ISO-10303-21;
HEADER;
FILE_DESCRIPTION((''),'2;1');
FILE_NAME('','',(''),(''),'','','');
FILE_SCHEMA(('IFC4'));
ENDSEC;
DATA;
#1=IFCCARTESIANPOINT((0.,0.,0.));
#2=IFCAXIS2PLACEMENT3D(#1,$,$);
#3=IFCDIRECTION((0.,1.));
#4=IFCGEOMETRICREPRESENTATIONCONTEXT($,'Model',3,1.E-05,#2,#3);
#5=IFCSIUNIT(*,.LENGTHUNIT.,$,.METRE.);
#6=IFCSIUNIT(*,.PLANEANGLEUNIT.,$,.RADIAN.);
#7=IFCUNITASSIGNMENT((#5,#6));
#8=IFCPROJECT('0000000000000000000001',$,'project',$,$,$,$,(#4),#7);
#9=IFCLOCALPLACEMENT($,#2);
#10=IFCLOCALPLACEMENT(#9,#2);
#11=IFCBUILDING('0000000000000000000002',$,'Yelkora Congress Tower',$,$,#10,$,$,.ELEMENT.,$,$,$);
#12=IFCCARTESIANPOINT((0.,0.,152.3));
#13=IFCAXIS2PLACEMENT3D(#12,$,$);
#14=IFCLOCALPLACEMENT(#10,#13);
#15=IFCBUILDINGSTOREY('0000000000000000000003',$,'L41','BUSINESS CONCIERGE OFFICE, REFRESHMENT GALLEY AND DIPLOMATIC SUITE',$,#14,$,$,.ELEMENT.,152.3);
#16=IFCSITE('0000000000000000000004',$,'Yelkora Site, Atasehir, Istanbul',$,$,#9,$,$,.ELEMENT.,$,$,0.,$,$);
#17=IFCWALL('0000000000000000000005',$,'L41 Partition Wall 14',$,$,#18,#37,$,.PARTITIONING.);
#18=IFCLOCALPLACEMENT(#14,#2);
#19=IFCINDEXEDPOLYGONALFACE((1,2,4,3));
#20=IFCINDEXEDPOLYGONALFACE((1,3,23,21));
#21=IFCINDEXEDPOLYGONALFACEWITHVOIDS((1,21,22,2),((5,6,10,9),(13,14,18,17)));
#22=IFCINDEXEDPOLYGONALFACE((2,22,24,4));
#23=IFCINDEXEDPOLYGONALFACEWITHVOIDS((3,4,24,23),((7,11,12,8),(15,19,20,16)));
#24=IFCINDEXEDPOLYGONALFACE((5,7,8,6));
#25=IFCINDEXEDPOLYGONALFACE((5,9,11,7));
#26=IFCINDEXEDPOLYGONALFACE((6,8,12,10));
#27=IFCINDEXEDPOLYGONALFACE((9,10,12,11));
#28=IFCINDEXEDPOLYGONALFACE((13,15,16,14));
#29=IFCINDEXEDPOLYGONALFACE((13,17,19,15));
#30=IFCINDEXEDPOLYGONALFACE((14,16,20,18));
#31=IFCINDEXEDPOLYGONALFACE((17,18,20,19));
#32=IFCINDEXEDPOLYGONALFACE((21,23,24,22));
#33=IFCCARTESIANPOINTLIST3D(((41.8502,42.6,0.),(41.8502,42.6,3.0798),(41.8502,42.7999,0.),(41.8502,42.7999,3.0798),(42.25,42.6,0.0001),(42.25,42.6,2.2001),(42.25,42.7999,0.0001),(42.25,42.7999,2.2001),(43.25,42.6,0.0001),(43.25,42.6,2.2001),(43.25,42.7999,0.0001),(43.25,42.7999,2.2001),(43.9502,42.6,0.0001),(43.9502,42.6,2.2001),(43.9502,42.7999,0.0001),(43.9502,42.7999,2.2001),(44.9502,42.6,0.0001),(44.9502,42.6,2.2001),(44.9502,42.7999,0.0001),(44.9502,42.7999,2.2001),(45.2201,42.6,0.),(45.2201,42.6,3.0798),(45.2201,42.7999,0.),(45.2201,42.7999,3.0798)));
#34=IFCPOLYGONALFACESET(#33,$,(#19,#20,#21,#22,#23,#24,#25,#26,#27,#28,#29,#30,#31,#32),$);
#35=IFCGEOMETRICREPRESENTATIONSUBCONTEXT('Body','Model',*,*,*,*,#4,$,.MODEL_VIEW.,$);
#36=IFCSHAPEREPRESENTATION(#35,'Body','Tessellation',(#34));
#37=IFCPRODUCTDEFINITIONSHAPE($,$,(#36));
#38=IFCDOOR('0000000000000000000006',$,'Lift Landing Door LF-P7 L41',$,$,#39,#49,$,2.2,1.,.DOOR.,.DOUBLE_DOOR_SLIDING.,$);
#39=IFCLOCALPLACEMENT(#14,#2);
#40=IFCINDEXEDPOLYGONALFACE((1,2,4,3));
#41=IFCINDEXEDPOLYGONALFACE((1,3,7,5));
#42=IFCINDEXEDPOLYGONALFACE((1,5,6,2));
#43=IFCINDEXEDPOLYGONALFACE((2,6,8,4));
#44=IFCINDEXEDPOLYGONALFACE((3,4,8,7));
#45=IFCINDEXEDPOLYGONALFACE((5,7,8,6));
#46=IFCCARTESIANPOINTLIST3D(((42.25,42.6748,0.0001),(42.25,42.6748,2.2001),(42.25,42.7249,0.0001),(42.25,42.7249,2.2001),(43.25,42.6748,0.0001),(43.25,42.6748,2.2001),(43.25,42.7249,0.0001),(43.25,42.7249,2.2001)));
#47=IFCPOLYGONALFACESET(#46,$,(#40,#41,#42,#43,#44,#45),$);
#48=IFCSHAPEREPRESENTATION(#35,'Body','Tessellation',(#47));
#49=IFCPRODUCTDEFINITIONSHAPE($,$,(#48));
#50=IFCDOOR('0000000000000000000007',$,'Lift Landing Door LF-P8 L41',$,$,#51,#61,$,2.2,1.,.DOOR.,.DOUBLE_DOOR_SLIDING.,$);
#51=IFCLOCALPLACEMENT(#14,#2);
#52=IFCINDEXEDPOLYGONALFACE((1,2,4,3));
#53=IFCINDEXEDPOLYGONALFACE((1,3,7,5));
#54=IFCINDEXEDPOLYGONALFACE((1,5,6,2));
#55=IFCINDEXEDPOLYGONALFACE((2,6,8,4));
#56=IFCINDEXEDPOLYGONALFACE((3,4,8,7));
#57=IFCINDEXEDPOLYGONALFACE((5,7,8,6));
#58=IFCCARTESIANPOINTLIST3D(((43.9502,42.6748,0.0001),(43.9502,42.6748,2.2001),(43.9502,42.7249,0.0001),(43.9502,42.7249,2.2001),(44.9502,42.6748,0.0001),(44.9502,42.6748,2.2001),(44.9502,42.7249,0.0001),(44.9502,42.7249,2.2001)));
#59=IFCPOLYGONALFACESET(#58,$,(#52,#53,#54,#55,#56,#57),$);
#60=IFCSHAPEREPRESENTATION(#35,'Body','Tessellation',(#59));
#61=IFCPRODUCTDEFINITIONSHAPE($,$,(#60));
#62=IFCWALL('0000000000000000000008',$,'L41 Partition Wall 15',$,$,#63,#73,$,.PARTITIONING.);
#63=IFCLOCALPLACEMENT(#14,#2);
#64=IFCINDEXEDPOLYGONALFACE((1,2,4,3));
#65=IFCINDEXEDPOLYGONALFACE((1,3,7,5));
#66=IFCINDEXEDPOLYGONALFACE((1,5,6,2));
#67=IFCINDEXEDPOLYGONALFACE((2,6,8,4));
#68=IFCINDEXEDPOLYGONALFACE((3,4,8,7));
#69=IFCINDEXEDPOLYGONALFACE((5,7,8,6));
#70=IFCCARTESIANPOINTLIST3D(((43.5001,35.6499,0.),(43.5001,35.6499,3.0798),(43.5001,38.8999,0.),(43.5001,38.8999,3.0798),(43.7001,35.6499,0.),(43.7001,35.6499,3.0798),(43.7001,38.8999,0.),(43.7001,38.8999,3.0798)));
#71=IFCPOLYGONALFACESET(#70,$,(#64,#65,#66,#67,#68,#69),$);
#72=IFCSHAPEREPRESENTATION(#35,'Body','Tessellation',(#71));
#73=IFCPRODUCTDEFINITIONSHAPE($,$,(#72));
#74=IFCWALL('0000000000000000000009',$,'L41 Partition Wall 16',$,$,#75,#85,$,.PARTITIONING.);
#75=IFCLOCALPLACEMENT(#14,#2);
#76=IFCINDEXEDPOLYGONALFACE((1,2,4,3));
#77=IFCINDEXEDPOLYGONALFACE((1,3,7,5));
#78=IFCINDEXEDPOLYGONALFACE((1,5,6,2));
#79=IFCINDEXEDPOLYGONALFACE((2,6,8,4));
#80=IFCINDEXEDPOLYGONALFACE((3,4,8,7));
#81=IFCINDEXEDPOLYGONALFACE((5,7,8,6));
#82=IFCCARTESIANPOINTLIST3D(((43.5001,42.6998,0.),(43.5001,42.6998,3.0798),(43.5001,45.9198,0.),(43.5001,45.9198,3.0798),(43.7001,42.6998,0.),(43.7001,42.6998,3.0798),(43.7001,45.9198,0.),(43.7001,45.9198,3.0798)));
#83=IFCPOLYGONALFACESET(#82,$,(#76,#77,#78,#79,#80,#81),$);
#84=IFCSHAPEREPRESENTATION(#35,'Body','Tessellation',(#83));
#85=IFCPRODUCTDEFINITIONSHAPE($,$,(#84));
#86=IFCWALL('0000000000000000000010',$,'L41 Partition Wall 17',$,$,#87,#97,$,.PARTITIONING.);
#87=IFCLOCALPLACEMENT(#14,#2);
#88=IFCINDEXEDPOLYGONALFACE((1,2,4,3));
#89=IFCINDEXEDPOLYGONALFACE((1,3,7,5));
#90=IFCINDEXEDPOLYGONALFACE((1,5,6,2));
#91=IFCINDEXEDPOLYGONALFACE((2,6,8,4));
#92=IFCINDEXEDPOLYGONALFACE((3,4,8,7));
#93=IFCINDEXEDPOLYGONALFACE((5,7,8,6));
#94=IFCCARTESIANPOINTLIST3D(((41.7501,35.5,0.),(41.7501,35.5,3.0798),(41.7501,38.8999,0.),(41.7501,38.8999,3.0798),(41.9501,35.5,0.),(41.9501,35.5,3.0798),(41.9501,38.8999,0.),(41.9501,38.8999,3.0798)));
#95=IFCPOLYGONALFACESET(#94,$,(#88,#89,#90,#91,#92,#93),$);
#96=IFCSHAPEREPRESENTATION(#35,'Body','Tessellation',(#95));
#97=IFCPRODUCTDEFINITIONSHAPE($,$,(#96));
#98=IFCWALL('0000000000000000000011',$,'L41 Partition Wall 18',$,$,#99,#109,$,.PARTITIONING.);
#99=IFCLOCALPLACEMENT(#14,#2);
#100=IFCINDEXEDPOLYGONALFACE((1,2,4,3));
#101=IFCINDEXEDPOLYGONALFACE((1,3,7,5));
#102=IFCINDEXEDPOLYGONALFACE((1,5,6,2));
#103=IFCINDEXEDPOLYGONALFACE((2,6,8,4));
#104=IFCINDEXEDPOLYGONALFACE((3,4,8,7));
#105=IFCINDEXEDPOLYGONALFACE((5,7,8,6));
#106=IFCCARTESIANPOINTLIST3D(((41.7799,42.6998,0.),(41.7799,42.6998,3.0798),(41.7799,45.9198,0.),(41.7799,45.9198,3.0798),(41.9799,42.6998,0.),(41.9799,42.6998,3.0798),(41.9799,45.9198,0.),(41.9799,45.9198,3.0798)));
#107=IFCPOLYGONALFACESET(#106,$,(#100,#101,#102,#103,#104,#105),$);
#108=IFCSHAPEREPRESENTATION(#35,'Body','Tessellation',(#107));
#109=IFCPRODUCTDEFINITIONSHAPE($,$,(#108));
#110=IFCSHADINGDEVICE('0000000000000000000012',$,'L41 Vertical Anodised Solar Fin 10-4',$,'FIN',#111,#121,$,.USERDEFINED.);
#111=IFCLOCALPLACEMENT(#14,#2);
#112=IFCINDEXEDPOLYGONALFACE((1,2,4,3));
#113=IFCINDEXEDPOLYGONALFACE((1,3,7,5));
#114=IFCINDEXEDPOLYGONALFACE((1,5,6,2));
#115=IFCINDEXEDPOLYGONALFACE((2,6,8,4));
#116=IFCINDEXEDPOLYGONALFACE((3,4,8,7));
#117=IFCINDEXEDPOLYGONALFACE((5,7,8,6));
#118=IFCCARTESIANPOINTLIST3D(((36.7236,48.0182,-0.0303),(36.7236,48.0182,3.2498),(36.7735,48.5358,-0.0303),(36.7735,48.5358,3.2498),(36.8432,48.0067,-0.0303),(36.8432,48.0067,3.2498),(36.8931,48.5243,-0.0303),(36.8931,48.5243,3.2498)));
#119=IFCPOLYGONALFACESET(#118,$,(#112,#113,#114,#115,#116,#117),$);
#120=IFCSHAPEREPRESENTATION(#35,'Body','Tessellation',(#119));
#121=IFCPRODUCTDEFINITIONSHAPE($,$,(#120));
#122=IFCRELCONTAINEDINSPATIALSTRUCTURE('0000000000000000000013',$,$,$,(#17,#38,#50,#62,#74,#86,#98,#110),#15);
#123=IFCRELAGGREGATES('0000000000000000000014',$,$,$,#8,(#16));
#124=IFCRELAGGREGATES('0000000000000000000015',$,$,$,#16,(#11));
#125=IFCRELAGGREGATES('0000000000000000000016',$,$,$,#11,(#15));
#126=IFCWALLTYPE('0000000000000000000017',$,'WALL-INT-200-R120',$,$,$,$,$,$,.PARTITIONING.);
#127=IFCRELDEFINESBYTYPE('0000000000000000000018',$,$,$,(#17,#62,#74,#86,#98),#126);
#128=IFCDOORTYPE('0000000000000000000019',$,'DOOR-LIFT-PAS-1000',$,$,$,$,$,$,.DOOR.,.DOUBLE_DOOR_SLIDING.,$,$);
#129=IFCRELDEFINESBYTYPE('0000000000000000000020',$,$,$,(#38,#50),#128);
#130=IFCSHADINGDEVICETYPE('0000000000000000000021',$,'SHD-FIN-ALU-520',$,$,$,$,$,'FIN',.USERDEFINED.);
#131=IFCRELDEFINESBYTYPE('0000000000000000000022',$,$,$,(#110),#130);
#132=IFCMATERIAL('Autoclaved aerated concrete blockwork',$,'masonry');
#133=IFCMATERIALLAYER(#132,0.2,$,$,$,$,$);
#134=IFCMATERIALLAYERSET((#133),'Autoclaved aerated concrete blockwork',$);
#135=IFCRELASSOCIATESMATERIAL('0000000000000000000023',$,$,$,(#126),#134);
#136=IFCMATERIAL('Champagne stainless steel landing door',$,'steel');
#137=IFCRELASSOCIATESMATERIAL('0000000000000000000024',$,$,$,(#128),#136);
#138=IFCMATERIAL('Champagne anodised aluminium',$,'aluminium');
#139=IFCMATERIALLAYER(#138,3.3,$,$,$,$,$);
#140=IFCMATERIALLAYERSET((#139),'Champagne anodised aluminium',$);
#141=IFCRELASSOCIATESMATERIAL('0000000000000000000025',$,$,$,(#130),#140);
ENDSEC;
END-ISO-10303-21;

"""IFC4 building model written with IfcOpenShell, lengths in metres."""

from ifc_helpers import new_model, si_unit, direction, frame, frame_2d, origin, origin_2d, place, context, subcontext, project, spatial, rectangle, extrude, material, layer, layer_set, type_object, element, fill, save


model = new_model("IFC4")

# Units and contexts
model_context = context("Model", 3, precision=1e-05, world=origin(), true_north=direction((0.0, 1.0)))
body_context = subcontext(model_context, "Body", "Model", "MODEL_VIEW")
ifc_project = project(units=[si_unit("LENGTHUNIT", "METRE"), si_unit("PLANEANGLEUNIT", "RADIAN")], contexts=[model_context])

# Site, building, storey
site_placement = place(None, origin())
site = spatial("IfcSite", under=ifc_project, at=site_placement, Name="Yelkora Site, Atasehir, Istanbul", CompositionType="ELEMENT", RefElevation=0.0)
building_placement = place(site_placement, origin())
building = spatial("IfcBuilding", under=site, at=building_placement, Name="Yelkora Congress Tower", CompositionType="ELEMENT")
storey_placement = place(building_placement, frame((0.0, 0.0, 152.3)))
storey = spatial("IfcBuildingStorey", under=building, at=storey_placement, Name="L41", Description="BUSINESS CONCIERGE OFFICE, REFRESHMENT GALLEY AND DIPLOMATIC SUITE", CompositionType="ELEMENT", Elevation=152.3)

# Shared definitions
ifc_material_1 = material(Name="Autoclaved aerated concrete blockwork", Category="masonry")
ifc_layer_1 = layer(ifc_material_1, 0.2)
ifc_layer_set_1 = layer_set([ifc_layer_1], Name="Autoclaved aerated concrete blockwork")
wall_type_1 = type_object("IfcWallType", Name="WALL-INT-200-R120", PredefinedType="PARTITIONING", material=ifc_layer_set_1)

# Wall, openings, doors
ifc_material_2 = material(Name="Champagne stainless steel landing door", Category="steel")
door_type_1 = type_object("IfcDoorType", Name="DOOR-LIFT-PAS-1000", OperationType="DOUBLE_DOOR_SLIDING", PredefinedType="DOOR", material=ifc_material_2)
wall_1_placement = place(storey_placement, frame((41.8501, 42.7, 0.0), z_axis=(0.0, 0.0, 1.0), x_axis=(1.0, 0.0, 0.0)))
wall_1 = element("IfcWall", 1, at=wall_1_placement, inside=storey, type_object=wall_type_1, Name="L41 Partition Wall 14", PredefinedType="PARTITIONING", context=body_context, shape_type="SweptSolid", body=[
    extrude(rectangle(XDim=3.3699, YDim=0.2, at=frame_2d((1.6851, 0.0))), origin(), (0.0, 0.0, 1.0), 3.0798),
])
opening_1_placement = place(wall_1_placement, frame((0.3999, 0.0, 0.0)))
opening_1 = element("IfcOpeningElement", 2, at=opening_1_placement, cuts=wall_1, PredefinedType="OPENING", context=body_context, shape_type="SweptSolid", body=[
    extrude(rectangle(XDim=1.0, YDim=2.2, at=frame_2d((0.5, 1.1001))), frame((0.0, 0.1099, 0.0), z_axis=(0.0, -1.0, 0.0), x_axis=(1.0, 0.0, 0.0)), (0.0, 0.0, 1.0), 0.22),
])
opening_2_placement = place(wall_1_placement, frame((2.1001, 0.0, 0.0)))
opening_2 = element("IfcOpeningElement", 3, at=opening_2_placement, cuts=wall_1, PredefinedType="OPENING", context=body_context, shape_type="SweptSolid", body=[
    extrude(rectangle(XDim=1.0, YDim=2.2, at=frame_2d((0.5, 1.1001))), frame((0.0, 0.1099, 0.0), z_axis=(0.0, -1.0, 0.0), x_axis=(1.0, 0.0, 0.0)), (0.0, 0.0, 1.0), 0.22),
])
door_1_placement = place(opening_1_placement, origin())
door_1 = element("IfcDoor", 4, at=door_1_placement, inside=storey, type_object=door_type_1, Name="Lift Landing Door LF-P7 L41", OperationType="DOUBLE_DOOR_SLIDING", OverallHeight=2.2, OverallWidth=1.0, PredefinedType="DOOR", context=body_context, shape_type="SweptSolid", body=[
    extrude(rectangle(XDim=1.0, YDim=2.2, at=frame_2d((0.5, 1.1001))), frame((0.0, 0.0249, 0.0), z_axis=(0.0, -1.0, 0.0), x_axis=(1.0, 0.0, 0.0)), (0.0, 0.0, 1.0), 0.05),
])
fill(opening_1, door_1)
door_2_placement = place(opening_2_placement, origin())
door_2 = element("IfcDoor", 5, at=door_2_placement, inside=storey, type_object=door_type_1, Name="Lift Landing Door LF-P8 L41", OperationType="DOUBLE_DOOR_SLIDING", OverallHeight=2.2, OverallWidth=1.0, PredefinedType="DOOR", context=body_context, shape_type="SweptSolid", body=[
    extrude(rectangle(XDim=1.0, YDim=2.2, at=frame_2d((0.5, 1.1001))), frame((0.0, 0.0249, 0.0), z_axis=(0.0, -1.0, 0.0), x_axis=(1.0, 0.0, 0.0)), (0.0, 0.0, 1.0), 0.05),
])
fill(opening_2, door_2)

# Walls
wall_2_placement = place(storey_placement, frame((43.6001, 35.6499, 0.0), z_axis=(0.0, 0.0, 1.0), x_axis=(0.0, 1.0, 0.0)))
element("IfcWall", 6, at=wall_2_placement, inside=storey, type_object=wall_type_1, Name="L41 Partition Wall 15", PredefinedType="PARTITIONING", context=body_context, shape_type="SweptSolid", body=[
    extrude(rectangle(XDim=3.25, YDim=0.2, at=frame_2d((1.625, 0.0))), origin(), (0.0, 0.0, 1.0), 3.0798),
])
wall_3_placement = place(storey_placement, frame((43.6001, 42.7, 0.0), z_axis=(0.0, 0.0, 1.0), x_axis=(0.0, 1.0, 0.0)))
element("IfcWall", 7, at=wall_3_placement, inside=storey, type_object=wall_type_1, Name="L41 Partition Wall 16", PredefinedType="PARTITIONING", context=body_context, shape_type="SweptSolid", body=[
    extrude(rectangle(XDim=3.22, YDim=0.2, at=frame_2d((1.6099, 0.0))), origin(), (0.0, 0.0, 1.0), 3.0798),
])
wall_4_placement = place(storey_placement, frame((41.8501, 35.5, 0.0), z_axis=(0.0, 0.0, 1.0), x_axis=(0.0, 1.0, 0.0)))
element("IfcWall", 8, at=wall_4_placement, inside=storey, type_object=wall_type_1, Name="L41 Partition Wall 17", PredefinedType="PARTITIONING", context=body_context, shape_type="SweptSolid", body=[
    extrude(rectangle(XDim=3.3999, YDim=0.2, at=frame_2d((1.7, 0.0))), origin(), (0.0, 0.0, 1.0), 3.0798),
])
wall_5_placement = place(storey_placement, frame((41.8799, 42.7, 0.0), z_axis=(0.0, 0.0, 1.0), x_axis=(0.0, 1.0, 0.0)))
element("IfcWall", 9, at=wall_5_placement, inside=storey, type_object=wall_type_1, Name="L41 Partition Wall 18", PredefinedType="PARTITIONING", context=body_context, shape_type="SweptSolid", body=[
    extrude(rectangle(XDim=3.22, YDim=0.2, at=frame_2d((1.6099, 0.0))), origin(), (0.0, 0.0, 1.0), 3.0798),
])

# Shading device
ifc_material_3 = material(Name="Champagne anodised aluminium", Category="aluminium")
ifc_layer_2 = layer(ifc_material_3, 3.3)
ifc_layer_set_2 = layer_set([ifc_layer_2], Name="Champagne anodised aluminium")
shading_device_type = type_object("IfcShadingDeviceType", Name="SHD-FIN-ALU-520", ElementType="FIN", PredefinedType="USERDEFINED", material=ifc_layer_set_2)
shading_device_placement = place(storey_placement, frame((36.8083, 48.2712, -0.0303), z_axis=(0.0, 0.0, 1.0), x_axis=(0.995396, -0.095846, 0.0)))
element("IfcShadingDevice", 10, at=shading_device_placement, inside=storey, type_object=shading_device_type, Name="L41 Vertical Anodised Solar Fin 10-4", ObjectType="FIN", PredefinedType="USERDEFINED", context=body_context, shape_type="SweptSolid", body=[
    extrude(rectangle(XDim=0.1201, YDim=0.52, at=origin_2d()), origin(), (0.0, 0.0, 1.0), 3.28),
])

save(model, "model.ifc")
